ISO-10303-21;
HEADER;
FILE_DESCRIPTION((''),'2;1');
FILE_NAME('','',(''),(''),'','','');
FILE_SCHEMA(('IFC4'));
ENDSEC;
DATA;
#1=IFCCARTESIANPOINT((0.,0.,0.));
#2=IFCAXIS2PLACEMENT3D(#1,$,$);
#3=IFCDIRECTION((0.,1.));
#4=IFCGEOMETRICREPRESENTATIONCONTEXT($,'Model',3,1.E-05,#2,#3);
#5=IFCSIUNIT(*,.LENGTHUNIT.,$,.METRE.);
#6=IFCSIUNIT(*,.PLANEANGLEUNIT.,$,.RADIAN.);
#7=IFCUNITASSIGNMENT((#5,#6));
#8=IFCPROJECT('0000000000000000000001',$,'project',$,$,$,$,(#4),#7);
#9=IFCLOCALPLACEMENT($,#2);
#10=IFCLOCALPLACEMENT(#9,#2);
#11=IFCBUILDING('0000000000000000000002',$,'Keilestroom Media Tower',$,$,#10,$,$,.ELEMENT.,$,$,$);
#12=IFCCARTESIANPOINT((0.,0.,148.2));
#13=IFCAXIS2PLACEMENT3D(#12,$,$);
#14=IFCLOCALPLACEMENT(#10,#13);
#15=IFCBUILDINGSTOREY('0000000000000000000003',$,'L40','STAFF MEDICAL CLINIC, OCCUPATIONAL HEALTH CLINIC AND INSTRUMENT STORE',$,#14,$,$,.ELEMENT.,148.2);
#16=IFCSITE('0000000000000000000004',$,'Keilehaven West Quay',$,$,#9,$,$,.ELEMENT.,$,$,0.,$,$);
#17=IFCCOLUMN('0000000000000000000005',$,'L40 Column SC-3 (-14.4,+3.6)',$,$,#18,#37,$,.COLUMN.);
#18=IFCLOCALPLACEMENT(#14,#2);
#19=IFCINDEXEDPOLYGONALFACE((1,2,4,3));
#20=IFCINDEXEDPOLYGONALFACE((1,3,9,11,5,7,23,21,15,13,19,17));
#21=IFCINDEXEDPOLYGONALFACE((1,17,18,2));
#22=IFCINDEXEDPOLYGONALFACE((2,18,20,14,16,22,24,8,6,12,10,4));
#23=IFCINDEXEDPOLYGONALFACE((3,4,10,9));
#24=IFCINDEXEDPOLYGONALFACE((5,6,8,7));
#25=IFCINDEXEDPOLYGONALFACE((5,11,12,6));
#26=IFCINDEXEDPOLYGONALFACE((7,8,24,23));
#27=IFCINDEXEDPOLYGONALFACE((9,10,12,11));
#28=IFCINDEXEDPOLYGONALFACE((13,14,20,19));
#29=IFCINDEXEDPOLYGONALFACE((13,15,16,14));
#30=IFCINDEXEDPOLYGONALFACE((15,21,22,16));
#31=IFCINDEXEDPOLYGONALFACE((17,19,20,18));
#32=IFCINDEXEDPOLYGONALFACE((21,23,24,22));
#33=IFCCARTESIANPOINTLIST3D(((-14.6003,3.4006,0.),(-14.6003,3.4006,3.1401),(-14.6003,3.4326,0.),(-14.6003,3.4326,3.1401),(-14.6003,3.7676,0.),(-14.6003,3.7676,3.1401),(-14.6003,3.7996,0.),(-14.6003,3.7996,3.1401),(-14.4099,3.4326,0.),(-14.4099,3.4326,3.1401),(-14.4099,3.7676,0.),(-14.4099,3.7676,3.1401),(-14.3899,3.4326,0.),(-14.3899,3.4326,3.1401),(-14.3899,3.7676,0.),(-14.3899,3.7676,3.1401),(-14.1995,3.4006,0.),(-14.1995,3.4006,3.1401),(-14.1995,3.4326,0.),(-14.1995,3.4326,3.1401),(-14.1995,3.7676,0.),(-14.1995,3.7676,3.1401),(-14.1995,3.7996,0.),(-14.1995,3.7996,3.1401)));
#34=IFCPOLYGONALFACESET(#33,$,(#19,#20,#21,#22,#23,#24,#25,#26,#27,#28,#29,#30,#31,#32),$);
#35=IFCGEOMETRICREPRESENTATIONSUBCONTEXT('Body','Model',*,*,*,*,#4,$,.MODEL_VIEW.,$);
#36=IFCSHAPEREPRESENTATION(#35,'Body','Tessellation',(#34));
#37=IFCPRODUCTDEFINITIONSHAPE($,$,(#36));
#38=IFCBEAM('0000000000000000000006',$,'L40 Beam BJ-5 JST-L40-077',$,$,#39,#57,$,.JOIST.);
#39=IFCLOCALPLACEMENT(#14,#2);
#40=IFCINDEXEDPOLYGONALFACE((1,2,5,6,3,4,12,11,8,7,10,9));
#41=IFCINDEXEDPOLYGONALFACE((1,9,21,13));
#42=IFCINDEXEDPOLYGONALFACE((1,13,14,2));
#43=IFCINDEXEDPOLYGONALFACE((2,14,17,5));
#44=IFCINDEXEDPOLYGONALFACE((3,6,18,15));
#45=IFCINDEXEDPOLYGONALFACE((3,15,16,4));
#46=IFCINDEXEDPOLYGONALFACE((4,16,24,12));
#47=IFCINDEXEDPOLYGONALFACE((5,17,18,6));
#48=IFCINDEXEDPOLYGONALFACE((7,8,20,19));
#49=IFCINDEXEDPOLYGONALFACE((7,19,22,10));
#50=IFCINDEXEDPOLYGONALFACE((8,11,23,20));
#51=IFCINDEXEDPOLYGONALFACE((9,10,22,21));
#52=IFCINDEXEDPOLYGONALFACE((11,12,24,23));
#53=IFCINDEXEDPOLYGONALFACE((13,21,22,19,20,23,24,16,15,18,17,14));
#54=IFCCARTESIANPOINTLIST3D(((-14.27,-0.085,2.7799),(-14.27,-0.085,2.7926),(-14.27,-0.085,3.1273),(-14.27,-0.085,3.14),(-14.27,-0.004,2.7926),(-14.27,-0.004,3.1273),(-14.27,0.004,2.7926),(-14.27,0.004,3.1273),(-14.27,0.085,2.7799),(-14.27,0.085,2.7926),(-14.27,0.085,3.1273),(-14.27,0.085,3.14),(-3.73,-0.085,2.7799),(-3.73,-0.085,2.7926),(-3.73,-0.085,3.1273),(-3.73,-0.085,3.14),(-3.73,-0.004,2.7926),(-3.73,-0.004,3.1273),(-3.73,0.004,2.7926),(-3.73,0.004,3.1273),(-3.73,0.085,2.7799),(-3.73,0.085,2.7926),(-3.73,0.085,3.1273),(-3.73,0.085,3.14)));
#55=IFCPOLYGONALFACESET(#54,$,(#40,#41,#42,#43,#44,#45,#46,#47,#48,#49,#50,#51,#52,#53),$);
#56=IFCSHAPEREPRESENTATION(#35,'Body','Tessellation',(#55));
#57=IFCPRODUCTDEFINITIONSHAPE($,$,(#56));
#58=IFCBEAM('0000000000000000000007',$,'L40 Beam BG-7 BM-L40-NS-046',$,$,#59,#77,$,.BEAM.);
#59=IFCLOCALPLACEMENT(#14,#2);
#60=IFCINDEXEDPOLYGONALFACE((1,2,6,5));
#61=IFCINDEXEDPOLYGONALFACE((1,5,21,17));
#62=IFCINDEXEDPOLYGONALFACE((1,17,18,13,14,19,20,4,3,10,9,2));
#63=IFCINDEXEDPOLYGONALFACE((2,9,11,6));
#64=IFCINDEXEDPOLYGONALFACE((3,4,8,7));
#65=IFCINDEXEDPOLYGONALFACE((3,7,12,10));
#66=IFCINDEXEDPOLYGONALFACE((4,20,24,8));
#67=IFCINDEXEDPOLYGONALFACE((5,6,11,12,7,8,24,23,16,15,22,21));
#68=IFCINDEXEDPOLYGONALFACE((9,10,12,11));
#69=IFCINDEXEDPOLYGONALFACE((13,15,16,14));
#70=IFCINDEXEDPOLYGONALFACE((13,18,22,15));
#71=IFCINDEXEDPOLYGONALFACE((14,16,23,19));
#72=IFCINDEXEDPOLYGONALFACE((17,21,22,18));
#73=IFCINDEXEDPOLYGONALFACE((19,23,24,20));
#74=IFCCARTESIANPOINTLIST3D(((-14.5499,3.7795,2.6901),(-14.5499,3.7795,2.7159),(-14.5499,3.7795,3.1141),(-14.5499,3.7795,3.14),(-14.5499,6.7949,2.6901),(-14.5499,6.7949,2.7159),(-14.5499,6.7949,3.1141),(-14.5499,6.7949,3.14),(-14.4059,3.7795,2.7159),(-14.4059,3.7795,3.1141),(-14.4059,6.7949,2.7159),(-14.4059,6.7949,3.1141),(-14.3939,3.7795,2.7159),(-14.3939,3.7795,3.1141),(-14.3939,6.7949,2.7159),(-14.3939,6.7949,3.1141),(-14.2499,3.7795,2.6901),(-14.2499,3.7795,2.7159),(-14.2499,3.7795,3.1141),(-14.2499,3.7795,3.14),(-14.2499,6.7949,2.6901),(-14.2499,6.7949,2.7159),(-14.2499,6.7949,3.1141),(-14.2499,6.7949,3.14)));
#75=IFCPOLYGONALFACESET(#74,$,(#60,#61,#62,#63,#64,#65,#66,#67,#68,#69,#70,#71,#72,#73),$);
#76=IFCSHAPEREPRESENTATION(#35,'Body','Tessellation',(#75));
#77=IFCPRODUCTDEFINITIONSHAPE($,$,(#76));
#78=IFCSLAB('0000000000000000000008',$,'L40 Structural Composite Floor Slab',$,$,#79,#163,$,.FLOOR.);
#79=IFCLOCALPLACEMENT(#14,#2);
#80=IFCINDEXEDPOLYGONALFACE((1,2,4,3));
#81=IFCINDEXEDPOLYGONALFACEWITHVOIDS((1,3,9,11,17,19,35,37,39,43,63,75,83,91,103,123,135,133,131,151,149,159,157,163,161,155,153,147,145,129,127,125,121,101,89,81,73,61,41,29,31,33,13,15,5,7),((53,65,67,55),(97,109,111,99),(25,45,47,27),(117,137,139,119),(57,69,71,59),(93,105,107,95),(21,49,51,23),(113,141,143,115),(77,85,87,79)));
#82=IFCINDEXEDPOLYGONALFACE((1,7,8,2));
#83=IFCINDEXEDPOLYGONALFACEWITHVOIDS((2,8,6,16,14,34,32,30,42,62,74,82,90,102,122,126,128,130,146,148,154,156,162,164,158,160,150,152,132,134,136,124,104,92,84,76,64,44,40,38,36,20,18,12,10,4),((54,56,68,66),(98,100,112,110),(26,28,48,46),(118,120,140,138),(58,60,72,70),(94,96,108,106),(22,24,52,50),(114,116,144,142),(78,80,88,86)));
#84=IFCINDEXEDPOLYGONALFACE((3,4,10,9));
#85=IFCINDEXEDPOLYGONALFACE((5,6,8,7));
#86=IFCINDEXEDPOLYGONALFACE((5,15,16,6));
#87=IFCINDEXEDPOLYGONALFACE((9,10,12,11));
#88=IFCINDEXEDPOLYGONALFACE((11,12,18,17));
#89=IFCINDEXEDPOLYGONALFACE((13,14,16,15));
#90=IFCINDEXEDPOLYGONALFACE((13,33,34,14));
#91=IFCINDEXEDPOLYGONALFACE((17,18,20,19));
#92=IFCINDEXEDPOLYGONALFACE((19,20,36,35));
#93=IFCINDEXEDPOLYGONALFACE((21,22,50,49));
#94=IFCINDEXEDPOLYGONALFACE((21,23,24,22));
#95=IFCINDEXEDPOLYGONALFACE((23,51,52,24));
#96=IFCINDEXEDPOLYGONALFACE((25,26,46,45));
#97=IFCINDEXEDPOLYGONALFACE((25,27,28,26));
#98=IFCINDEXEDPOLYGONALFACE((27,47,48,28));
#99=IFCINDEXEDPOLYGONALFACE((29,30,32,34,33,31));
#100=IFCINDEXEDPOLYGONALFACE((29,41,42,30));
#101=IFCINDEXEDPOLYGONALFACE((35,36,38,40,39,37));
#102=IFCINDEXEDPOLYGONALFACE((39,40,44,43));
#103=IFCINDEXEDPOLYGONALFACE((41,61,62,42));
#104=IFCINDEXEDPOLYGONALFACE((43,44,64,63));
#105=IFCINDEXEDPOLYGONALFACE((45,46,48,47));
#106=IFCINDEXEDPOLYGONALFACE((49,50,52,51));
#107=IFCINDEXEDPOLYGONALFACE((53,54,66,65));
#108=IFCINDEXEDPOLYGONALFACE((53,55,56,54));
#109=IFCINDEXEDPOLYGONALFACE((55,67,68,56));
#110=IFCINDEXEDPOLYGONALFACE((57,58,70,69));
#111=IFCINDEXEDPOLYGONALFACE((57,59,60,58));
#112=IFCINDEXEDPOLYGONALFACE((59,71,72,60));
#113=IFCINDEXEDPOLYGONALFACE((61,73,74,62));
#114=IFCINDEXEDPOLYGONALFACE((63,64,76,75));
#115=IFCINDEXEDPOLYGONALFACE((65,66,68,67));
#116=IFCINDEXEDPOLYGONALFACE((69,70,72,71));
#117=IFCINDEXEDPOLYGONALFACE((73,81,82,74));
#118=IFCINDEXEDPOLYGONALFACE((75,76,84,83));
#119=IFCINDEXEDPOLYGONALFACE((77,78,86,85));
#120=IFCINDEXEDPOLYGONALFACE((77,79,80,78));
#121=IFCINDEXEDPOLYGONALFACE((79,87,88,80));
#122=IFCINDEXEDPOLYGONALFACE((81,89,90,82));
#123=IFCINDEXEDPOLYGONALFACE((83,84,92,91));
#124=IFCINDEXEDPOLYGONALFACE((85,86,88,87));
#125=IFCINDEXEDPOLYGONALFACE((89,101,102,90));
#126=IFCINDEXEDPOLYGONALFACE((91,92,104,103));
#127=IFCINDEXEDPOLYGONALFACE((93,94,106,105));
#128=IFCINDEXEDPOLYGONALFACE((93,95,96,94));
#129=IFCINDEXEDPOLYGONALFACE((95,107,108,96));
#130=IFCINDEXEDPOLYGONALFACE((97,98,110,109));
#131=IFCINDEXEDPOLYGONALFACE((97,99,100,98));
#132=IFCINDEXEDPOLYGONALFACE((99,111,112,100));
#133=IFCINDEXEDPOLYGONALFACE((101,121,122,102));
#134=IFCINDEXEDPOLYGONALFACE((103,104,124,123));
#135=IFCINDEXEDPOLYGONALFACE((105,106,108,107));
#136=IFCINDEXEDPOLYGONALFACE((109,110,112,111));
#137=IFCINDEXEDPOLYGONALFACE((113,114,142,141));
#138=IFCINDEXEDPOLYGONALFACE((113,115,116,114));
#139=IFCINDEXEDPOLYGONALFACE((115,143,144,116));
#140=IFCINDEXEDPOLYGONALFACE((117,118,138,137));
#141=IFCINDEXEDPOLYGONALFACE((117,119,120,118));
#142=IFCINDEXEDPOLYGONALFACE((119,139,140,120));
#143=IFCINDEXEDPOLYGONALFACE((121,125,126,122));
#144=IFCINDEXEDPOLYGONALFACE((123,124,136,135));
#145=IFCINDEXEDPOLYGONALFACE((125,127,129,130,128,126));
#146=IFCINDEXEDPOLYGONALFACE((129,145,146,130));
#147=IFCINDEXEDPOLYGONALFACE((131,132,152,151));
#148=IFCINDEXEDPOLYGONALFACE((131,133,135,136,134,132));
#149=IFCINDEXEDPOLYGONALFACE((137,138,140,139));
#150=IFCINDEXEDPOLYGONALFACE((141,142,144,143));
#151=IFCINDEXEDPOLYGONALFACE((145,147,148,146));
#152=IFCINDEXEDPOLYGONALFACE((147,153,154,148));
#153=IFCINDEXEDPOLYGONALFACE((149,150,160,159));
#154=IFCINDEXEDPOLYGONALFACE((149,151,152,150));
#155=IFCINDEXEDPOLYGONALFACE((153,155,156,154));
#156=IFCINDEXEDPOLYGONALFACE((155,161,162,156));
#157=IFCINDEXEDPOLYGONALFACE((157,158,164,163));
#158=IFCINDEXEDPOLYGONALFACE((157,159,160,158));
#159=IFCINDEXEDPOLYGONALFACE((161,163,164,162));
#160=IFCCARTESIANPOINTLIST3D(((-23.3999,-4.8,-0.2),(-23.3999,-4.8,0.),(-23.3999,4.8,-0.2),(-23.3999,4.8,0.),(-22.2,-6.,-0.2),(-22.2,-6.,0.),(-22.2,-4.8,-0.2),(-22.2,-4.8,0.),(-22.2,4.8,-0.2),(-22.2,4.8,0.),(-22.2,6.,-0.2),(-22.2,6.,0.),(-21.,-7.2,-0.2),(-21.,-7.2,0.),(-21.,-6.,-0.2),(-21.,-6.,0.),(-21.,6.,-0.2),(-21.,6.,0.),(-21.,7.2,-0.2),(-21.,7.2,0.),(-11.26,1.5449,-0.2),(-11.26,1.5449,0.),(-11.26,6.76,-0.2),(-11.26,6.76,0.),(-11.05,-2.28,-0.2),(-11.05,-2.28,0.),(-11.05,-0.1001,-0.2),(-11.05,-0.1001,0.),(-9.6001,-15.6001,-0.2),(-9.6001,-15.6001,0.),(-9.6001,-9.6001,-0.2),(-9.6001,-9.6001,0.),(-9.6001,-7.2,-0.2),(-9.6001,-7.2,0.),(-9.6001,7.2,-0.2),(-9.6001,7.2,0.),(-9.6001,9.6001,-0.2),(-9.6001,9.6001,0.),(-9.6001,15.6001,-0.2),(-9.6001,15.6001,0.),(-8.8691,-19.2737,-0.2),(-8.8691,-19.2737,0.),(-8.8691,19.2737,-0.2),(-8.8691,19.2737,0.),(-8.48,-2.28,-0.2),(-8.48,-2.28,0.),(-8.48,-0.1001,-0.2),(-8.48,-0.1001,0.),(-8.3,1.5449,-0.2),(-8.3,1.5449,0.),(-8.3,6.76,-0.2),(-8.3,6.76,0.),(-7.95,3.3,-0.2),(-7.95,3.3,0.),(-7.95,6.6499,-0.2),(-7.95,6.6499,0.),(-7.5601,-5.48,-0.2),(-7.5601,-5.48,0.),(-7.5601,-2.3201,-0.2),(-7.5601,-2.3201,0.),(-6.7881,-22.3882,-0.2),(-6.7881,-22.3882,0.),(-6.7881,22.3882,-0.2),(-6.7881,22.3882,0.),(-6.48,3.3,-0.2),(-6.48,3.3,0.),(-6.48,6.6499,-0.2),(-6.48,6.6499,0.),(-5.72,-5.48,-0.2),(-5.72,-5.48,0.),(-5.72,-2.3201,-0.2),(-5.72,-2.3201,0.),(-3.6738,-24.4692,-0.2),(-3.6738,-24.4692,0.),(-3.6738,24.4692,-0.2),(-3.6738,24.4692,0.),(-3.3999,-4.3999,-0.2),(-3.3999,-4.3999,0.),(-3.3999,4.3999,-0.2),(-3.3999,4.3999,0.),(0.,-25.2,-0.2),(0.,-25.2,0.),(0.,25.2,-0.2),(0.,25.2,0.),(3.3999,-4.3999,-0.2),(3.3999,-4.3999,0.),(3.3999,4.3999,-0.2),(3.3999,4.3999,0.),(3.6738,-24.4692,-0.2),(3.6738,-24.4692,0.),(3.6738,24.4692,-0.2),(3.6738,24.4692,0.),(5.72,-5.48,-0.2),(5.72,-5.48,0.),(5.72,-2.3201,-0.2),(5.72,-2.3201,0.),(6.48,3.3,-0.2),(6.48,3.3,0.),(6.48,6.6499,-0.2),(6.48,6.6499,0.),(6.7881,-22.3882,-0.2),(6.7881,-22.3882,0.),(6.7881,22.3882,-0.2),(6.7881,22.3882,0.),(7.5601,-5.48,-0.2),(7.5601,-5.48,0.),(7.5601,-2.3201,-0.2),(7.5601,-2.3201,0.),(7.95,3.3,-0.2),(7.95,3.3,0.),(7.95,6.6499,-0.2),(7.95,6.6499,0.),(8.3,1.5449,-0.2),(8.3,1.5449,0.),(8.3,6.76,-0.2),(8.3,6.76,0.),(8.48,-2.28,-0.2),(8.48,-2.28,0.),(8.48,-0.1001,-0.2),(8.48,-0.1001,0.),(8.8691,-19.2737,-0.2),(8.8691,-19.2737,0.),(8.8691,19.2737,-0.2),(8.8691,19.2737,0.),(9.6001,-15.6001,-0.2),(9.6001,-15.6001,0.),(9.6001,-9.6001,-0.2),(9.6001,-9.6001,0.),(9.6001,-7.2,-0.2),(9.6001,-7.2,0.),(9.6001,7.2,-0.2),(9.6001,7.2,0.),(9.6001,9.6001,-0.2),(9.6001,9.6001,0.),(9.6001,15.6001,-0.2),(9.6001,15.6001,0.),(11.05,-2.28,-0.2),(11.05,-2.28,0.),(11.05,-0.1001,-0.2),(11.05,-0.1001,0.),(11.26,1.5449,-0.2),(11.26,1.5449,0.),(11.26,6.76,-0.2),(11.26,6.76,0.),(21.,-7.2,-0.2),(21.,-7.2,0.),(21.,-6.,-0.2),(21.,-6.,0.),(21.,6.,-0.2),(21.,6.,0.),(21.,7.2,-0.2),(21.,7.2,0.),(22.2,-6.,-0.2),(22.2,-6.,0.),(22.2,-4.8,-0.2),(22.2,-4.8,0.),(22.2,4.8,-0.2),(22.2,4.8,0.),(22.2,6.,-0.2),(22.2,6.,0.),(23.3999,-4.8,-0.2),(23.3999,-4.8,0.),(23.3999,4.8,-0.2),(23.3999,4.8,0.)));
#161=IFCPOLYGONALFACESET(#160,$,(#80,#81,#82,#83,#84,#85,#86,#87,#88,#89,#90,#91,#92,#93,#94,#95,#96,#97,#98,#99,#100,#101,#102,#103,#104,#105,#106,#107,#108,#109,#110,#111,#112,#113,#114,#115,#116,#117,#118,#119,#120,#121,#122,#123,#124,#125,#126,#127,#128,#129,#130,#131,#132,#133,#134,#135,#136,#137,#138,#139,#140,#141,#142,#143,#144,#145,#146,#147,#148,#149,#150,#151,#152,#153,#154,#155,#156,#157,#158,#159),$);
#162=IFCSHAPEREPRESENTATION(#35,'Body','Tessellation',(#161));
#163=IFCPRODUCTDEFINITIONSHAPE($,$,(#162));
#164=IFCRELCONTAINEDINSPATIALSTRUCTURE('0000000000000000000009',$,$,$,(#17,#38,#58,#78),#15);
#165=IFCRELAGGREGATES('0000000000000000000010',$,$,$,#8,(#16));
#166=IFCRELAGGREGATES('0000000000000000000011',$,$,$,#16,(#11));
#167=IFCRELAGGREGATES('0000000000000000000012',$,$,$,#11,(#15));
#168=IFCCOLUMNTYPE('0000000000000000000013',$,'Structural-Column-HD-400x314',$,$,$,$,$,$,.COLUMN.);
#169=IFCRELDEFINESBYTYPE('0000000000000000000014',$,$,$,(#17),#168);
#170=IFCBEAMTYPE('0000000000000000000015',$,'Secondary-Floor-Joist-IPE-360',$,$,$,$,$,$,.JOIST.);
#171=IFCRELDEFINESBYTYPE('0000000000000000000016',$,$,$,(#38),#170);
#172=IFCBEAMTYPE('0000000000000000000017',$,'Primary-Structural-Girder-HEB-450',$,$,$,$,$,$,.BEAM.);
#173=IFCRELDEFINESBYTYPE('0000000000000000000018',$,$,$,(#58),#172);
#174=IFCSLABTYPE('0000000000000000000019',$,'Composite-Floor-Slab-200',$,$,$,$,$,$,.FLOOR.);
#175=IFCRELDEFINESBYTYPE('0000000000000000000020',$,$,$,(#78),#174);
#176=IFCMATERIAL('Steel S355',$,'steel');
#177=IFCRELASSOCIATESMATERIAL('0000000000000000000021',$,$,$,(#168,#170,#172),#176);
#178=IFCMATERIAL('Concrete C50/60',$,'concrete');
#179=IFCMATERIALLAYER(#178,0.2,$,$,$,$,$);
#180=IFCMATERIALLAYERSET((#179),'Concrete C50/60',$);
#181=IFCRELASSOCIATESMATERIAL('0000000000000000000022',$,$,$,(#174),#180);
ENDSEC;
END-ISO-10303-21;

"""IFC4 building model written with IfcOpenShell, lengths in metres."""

from ifc_helpers import new_model, si_unit, direction, frame, origin, origin_2d, place, context, subcontext, project, spatial, polyline, i_section, outline, extrude, source, transform, mapped, material, layer, layer_set, material_profile, profile_set, type_object, element, save


model = new_model("IFC4")

# Units and contexts
model_context = context("Model", 3, precision=1e-05, world=origin(), true_north=direction((0.0, 1.0)))
body_context = subcontext(model_context, "Body", "Model", "MODEL_VIEW")
ifc_project = project(units=[si_unit("LENGTHUNIT", "METRE"), si_unit("PLANEANGLEUNIT", "RADIAN")], contexts=[model_context])

# Site, building, storey
site_placement = place(None, origin())
site = spatial("IfcSite", under=ifc_project, at=site_placement, Name="Keilehaven West Quay", CompositionType="ELEMENT", RefElevation=0.0)
building_placement = place(site_placement, origin())
building = spatial("IfcBuilding", under=site, at=building_placement, Name="Keilestroom Media Tower", CompositionType="ELEMENT")
storey_placement = place(building_placement, frame((0.0, 0.0, 148.2)))
storey = spatial("IfcBuildingStorey", under=building, at=storey_placement, Name="L40", Description="STAFF MEDICAL CLINIC, OCCUPATIONAL HEALTH CLINIC AND INSTRUMENT STORE", CompositionType="ELEMENT", Elevation=148.2)

# Column
ifc_material_1 = material(Name="Steel S355", Category="steel")
ifc_material_profile_1 = material_profile(ifc_material_1, i_section(OverallWidth=0.4009, OverallDepth=0.3989, WebThickness=0.02, FlangeThickness=0.032, at=origin_2d()), Name="HD 400x314")
ifc_profile_set_1 = profile_set([ifc_material_profile_1], Name="Steel S355")
column_type = type_object("IfcColumnType", Name="Structural-Column-HD-400x314", PredefinedType="COLUMN", material=ifc_profile_set_1)
shared_shape_1 = source(origin(), body_context, "Body", "SweptSolid", [
    extrude(i_section(OverallWidth=0.4009, OverallDepth=0.3989, WebThickness=0.02, FlangeThickness=0.032, at=origin_2d()), origin(), (0.0, 0.0, 1.0), 3.1401),
])
column_placement = place(storey_placement, frame((-14.3999, 3.6001, 0.0), z_axis=(0.0, 0.0, 1.0), x_axis=(1.0, 0.0, 0.0)))
element("IfcColumn", 1, at=column_placement, inside=storey, type_object=column_type, Name="L40 Column SC-3 (-14.4,+3.6)", PredefinedType="COLUMN", context=body_context, shape_type="MappedRepresentation", body=[
    mapped(shared_shape_1, transform((0.0, 0.0, 0.0), x_axis=(1.0, 0.0, 0.0), y_axis=(0.0, 1.0, 0.0), z_axis=(0.0, 0.0, 1.0), scale=1.0)),
])

# Beams
ifc_material_profile_2 = material_profile(ifc_material_1, i_section(OverallWidth=0.1699, OverallDepth=0.3601, WebThickness=0.0081, FlangeThickness=0.0127, at=origin_2d()), Name="IPE 360")
ifc_profile_set_2 = profile_set([ifc_material_profile_2], Name="Steel S355")
beam_type_1 = type_object("IfcBeamType", Name="Secondary-Floor-Joist-IPE-360", PredefinedType="JOIST", material=ifc_profile_set_2)
shared_shape_2 = source(origin(), body_context, "Body", "SweptSolid", [
    extrude(i_section(OverallWidth=0.1699, OverallDepth=0.3601, WebThickness=0.0081, FlangeThickness=0.0127, at=origin_2d()), origin(), (0.0, 0.0, 1.0), 10.54),
])
beam_1_placement = place(storey_placement, frame((-14.27, 0.0, 2.96), z_axis=(1.0, 0.0, 0.0), x_axis=(0.0, 1.0, 0.0)))
element("IfcBeam", 2, at=beam_1_placement, inside=storey, type_object=beam_type_1, Name="L40 Beam BJ-5 JST-L40-077", PredefinedType="JOIST", context=body_context, shape_type="MappedRepresentation", body=[
    mapped(shared_shape_2, transform((0.0, 0.0, 0.0), x_axis=(1.0, 0.0, 0.0), y_axis=(0.0, 1.0, 0.0), z_axis=(0.0, 0.0, 1.0), scale=1.0)),
])
ifc_material_profile_3 = material_profile(ifc_material_1, i_section(OverallWidth=0.3, OverallDepth=0.45, WebThickness=0.012, FlangeThickness=0.0259, at=origin_2d()), Name="HEB 450")
ifc_profile_set_3 = profile_set([ifc_material_profile_3], Name="Steel S355")
beam_type_2 = type_object("IfcBeamType", Name="Primary-Structural-Girder-HEB-450", PredefinedType="BEAM", material=ifc_profile_set_3)
shared_shape_3 = source(origin(), body_context, "Body", "SweptSolid", [
    extrude(i_section(OverallWidth=0.3, OverallDepth=0.45, WebThickness=0.012, FlangeThickness=0.0259, at=origin_2d()), origin(), (0.0, 0.0, 1.0), 3.0154),
])
beam_2_placement = place(storey_placement, frame((-14.3999, 3.7795, 2.915), z_axis=(0.0, 1.0, 0.0), x_axis=(-1.0, 0.0, 0.0)))
element("IfcBeam", 3, at=beam_2_placement, inside=storey, type_object=beam_type_2, Name="L40 Beam BG-7 BM-L40-NS-046", PredefinedType="BEAM", context=body_context, shape_type="MappedRepresentation", body=[
    mapped(shared_shape_3, transform((0.0, 0.0, 0.0), x_axis=(1.0, 0.0, 0.0), y_axis=(0.0, 1.0, 0.0), z_axis=(0.0, 0.0, 1.0), scale=1.0)),
])

# Slab
ifc_material_2 = material(Name="Concrete C50/60", Category="concrete")
ifc_layer_1 = layer(ifc_material_2, 0.2)
ifc_layer_set_1 = layer_set([ifc_layer_1], Name="Concrete C50/60")
slab_type_1 = type_object("IfcSlabType", Name="Composite-Floor-Slab-200", PredefinedType="FLOOR", material=ifc_layer_set_1)
slab_1_placement = place(storey_placement, frame((0.0, 0.0, -0.2)))
element("IfcSlab", 4, at=slab_1_placement, inside=storey, type_object=slab_type_1, Name="L40 Structural Composite Floor Slab", PredefinedType="FLOOR", context=body_context, shape_type="SweptSolid", body=[
    extrude(outline(polyline([(23.3999, -4.8), (23.3999, 4.8), (22.2, 4.8), (22.2, 6.0), (21.0, 6.0), (21.0, 7.2), (9.6001, 7.2), (9.6001, 9.6001), (9.6001, 15.6001), (8.8691, 19.2737), (6.7881, 22.3882), (3.6738, 24.4692), (0.0, 25.2), (-3.6738, 24.4692), (-6.7881, 22.3882), (-8.8691, 19.2737), (-9.6001, 15.6001), (-9.6001, 9.6001), (-9.6001, 7.2), (-21.0, 7.2), (-21.0, 6.0), (-22.2, 6.0), (-22.2, 4.8), (-23.3999, 4.8), (-23.3999, -4.8), (-22.2, -4.8), (-22.2, -6.0), (-21.0, -6.0), (-21.0, -7.2), (-9.6001, -7.2), (-9.6001, -9.6001), (-9.6001, -15.6001), (-8.8691, -19.2737), (-6.7881, -22.3882), (-3.6738, -24.4692), (0.0, -25.2), (3.6738, -24.4692), (6.7881, -22.3882), (8.8691, -19.2737), (9.6001, -15.6001), (9.6001, -9.6001), (9.6001, -7.2), (21.0, -7.2), (21.0, -6.0), (22.2, -6.0), (22.2, -4.8), (23.3999, -4.8)]), holes=[polyline([(-11.26, 1.5449), (-11.26, 6.76), (-8.3, 6.76), (-8.3, 1.5449), (-11.26, 1.5449)]), polyline([(-11.05, -2.28), (-11.05, -0.1001), (-8.48, -0.1001), (-8.48, -2.28), (-11.05, -2.28)]), polyline([(-7.95, 3.3), (-7.95, 6.6499), (-6.48, 6.6499), (-6.48, 3.3), (-7.95, 3.3)]), polyline([(-7.5601, -2.3201), (-5.72, -2.3201), (-5.72, -5.48), (-7.5601, -5.48), (-7.5601, -2.3201)]), polyline([(3.3999, -4.3999), (-3.3999, -4.3999), (-3.3999, 4.3999), (3.3999, 4.3999), (3.3999, -4.3999)]), polyline([(7.5601, -2.3201), (7.5601, -5.48), (5.72, -5.48), (5.72, -2.3201), (7.5601, -2.3201)]), polyline([(6.48, 3.3), (6.48, 6.6499), (7.95, 6.6499), (7.95, 3.3), (6.48, 3.3)]), polyline([(8.3, 1.5449), (8.3, 6.76), (11.26, 6.76), (11.26, 1.5449), (8.3, 1.5449)]), polyline([(8.48, -2.28), (8.48, -0.1001), (11.05, -0.1001), (11.05, -2.28), (8.48, -2.28)])]), origin(), (0.0, 0.0, 1.0), 0.2),
])

save(model, "model.ifc")
